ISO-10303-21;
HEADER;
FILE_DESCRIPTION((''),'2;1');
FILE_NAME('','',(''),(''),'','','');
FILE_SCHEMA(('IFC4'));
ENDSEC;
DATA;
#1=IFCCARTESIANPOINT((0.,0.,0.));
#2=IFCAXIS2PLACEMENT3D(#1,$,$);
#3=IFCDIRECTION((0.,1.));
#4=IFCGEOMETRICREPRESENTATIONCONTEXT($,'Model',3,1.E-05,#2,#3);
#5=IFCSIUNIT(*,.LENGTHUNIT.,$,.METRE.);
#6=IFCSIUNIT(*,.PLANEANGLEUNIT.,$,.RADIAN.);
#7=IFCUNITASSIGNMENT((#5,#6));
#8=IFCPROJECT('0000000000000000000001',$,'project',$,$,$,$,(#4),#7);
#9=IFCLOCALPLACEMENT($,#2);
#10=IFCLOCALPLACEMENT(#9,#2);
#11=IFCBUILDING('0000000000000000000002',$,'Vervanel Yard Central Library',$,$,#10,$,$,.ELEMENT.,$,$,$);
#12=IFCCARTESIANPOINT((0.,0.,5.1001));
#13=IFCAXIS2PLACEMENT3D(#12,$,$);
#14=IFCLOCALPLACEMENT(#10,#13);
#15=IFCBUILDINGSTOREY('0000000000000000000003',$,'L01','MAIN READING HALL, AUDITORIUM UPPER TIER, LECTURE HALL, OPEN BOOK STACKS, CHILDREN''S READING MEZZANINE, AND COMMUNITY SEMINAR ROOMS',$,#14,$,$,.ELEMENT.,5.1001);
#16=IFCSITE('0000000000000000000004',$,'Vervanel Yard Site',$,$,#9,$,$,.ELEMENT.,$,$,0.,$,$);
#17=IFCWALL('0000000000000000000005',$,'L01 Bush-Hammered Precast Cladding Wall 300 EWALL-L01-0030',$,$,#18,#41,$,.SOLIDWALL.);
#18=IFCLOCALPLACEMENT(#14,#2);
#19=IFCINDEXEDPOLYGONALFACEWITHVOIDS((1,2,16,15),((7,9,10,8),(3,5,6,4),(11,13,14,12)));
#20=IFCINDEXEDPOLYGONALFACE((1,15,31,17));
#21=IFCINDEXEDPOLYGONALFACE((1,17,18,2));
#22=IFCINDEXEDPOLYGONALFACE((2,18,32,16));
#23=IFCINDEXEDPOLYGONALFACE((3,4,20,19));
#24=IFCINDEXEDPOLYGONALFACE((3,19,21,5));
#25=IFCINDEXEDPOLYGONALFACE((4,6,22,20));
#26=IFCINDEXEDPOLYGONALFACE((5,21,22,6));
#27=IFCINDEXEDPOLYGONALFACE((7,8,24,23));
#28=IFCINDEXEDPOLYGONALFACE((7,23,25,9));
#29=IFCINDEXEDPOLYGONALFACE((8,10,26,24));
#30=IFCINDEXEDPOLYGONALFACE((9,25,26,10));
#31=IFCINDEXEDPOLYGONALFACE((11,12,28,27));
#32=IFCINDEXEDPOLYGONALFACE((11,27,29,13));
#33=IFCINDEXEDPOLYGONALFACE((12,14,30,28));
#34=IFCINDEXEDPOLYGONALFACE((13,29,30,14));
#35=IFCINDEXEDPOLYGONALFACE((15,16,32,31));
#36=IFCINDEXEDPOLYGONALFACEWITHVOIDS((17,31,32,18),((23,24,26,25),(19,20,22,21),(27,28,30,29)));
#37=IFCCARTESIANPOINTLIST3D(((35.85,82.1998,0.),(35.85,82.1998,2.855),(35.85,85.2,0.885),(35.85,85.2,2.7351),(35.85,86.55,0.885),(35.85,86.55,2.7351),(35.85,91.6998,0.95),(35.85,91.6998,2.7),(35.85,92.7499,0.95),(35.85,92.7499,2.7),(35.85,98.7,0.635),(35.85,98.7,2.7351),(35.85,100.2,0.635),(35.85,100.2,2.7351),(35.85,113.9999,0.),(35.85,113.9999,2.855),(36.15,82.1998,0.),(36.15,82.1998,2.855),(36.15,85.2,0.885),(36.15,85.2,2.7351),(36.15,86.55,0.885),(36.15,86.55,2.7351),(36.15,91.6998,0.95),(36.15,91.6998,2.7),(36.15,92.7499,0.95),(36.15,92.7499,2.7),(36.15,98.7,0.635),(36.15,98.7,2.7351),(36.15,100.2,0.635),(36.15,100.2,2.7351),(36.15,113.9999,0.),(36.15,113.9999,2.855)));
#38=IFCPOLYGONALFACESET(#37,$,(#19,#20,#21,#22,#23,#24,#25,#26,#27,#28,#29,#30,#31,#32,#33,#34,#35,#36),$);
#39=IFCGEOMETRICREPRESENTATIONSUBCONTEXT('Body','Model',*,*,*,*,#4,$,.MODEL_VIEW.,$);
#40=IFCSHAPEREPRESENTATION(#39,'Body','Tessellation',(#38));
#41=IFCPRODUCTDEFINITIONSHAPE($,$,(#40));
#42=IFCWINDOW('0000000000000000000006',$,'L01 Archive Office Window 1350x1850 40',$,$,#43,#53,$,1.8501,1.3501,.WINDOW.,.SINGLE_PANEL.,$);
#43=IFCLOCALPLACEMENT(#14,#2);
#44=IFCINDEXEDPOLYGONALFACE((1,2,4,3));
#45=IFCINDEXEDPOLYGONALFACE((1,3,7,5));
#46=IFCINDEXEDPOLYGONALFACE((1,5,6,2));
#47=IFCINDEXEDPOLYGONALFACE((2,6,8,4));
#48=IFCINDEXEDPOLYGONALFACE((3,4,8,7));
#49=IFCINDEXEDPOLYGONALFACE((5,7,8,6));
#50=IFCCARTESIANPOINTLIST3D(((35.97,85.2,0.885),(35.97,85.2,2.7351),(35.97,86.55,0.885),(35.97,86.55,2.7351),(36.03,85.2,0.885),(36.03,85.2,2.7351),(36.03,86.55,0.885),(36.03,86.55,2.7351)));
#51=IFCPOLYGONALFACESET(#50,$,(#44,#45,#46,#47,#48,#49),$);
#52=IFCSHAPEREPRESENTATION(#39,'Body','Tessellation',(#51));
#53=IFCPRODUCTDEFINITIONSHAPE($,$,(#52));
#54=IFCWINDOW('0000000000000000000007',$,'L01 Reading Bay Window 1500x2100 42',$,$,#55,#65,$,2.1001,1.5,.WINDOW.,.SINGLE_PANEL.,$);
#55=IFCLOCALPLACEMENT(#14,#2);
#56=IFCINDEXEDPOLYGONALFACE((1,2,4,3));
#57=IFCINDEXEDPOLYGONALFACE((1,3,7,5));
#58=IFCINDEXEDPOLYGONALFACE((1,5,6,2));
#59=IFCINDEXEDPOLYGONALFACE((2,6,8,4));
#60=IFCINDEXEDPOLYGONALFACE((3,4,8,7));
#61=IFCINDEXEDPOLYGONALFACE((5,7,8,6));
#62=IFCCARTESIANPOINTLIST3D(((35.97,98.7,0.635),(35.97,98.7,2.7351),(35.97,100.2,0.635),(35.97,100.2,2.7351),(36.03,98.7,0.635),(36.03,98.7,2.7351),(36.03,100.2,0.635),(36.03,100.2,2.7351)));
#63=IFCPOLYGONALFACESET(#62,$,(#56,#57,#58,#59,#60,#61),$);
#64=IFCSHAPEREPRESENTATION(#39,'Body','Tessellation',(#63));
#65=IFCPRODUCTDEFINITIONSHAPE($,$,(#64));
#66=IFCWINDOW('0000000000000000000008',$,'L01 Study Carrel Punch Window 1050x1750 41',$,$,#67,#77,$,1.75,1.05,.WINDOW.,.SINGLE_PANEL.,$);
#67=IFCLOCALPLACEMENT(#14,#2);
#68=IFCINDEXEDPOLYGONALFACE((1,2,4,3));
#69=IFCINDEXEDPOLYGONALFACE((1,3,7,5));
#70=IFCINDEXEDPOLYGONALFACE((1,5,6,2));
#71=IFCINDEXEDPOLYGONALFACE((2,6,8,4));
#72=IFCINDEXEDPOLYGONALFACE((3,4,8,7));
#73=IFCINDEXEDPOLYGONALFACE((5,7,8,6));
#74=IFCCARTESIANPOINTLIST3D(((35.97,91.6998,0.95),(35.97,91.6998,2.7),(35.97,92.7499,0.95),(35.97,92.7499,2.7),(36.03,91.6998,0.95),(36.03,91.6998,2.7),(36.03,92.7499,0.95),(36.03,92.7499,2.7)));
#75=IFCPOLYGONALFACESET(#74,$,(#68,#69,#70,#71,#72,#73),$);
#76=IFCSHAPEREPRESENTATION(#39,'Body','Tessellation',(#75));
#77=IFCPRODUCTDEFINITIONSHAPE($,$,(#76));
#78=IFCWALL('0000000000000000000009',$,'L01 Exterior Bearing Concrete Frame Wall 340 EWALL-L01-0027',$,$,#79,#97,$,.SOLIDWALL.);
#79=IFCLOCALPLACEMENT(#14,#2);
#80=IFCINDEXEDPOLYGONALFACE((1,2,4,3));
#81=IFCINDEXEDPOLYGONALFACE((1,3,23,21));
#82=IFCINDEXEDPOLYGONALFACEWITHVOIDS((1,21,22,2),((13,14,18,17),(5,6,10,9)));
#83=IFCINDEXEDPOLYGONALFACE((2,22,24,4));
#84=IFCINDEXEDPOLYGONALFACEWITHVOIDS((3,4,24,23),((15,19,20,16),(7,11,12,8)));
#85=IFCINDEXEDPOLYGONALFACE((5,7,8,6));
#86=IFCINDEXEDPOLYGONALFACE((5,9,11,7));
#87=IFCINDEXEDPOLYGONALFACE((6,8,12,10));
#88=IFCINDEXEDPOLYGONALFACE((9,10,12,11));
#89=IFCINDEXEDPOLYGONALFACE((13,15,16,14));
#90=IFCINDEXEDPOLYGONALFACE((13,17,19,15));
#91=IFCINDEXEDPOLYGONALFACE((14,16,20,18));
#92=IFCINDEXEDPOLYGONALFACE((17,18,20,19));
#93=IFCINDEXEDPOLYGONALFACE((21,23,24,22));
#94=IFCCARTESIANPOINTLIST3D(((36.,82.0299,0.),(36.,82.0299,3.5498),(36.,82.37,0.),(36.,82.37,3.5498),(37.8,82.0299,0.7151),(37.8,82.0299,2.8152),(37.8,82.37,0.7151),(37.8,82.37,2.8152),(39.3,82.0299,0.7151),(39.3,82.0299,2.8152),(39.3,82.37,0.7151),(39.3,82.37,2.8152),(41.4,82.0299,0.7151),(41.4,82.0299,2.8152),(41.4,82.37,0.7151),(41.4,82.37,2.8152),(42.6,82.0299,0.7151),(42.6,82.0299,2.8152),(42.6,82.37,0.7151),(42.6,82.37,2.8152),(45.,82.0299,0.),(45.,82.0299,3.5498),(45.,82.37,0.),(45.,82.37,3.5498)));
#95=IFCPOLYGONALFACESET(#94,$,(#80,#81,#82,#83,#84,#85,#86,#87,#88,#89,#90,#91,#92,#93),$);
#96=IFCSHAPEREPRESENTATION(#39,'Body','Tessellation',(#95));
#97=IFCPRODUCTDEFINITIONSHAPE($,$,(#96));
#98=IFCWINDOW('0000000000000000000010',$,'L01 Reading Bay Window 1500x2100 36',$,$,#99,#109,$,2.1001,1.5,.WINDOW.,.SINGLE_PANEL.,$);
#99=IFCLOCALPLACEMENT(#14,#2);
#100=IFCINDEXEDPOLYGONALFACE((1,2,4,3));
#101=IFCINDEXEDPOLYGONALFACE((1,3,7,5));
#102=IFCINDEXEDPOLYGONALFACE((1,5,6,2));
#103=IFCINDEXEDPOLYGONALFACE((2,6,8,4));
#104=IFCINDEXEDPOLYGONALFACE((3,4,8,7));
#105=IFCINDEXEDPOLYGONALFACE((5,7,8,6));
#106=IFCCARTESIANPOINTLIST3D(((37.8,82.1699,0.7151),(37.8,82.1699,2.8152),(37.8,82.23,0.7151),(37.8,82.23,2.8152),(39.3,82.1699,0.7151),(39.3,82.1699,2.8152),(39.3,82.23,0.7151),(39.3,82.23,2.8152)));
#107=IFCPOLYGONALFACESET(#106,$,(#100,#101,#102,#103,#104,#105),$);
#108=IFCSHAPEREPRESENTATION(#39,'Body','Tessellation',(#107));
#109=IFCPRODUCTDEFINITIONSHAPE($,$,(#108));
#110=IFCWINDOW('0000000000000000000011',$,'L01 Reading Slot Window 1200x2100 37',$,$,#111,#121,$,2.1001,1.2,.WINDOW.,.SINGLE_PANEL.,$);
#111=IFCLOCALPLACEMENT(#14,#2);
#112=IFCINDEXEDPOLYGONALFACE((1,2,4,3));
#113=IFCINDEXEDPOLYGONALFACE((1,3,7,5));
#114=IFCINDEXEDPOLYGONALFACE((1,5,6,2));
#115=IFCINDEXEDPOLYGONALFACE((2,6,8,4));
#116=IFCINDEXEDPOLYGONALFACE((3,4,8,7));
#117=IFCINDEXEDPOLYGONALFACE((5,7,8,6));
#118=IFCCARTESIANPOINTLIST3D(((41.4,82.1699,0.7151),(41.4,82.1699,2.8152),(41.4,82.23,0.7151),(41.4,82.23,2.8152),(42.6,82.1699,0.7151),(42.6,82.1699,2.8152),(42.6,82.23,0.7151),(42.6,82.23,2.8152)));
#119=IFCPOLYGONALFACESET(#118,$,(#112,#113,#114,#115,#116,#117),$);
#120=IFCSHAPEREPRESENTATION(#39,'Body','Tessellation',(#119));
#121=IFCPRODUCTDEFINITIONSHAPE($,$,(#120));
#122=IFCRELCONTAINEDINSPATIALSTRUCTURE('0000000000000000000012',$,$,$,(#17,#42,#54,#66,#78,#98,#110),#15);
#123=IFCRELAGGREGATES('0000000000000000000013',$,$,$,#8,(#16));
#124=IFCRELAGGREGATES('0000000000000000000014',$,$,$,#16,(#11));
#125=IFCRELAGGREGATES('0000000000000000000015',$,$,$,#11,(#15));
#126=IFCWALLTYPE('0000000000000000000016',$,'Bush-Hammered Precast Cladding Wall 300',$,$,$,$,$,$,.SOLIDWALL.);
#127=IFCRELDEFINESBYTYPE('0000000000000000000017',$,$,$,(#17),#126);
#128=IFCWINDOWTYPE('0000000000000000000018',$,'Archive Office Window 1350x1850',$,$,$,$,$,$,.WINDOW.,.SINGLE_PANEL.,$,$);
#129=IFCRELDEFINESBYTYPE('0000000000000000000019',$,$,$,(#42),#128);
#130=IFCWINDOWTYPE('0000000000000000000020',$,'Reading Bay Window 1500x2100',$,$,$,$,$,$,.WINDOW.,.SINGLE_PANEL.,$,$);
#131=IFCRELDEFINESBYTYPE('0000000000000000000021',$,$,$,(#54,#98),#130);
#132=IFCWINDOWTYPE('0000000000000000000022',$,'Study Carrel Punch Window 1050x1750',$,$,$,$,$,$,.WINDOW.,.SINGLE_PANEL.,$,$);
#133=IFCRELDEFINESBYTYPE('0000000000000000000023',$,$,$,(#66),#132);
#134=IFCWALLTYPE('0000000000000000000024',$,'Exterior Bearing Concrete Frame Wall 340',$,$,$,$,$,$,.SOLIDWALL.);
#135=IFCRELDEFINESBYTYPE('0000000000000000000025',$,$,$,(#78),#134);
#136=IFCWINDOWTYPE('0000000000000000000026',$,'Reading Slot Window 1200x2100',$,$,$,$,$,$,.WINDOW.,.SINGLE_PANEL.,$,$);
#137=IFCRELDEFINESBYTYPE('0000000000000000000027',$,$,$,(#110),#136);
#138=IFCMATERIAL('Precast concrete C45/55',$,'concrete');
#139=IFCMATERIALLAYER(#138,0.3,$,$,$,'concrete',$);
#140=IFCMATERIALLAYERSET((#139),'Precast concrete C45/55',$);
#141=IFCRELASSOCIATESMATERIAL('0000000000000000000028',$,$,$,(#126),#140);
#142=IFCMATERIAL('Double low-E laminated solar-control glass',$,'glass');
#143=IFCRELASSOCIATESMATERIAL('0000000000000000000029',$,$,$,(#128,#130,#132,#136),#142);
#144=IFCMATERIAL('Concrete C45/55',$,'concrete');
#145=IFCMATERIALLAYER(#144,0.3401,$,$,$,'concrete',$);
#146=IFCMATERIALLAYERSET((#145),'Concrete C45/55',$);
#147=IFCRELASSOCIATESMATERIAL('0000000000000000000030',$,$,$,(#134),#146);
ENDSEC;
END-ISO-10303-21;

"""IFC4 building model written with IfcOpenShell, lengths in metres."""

from ifc_helpers import new_model, si_unit, direction, frame, frame_2d, origin, place, context, subcontext, project, spatial, rectangle, extrude, material, layer, layer_set, type_object, element, fill, save


model = new_model("IFC4")

# Units and contexts
model_context = context("Model", 3, precision=1e-05, world=origin(), true_north=direction((0.0, 1.0)))
body_context = subcontext(model_context, "Body", "Model", "MODEL_VIEW")
ifc_project = project(units=[si_unit("LENGTHUNIT", "METRE"), si_unit("PLANEANGLEUNIT", "RADIAN")], contexts=[model_context])

# Site, building, storey
site_placement = place(None, origin())
site = spatial("IfcSite", under=ifc_project, at=site_placement, Name="Vervanel Yard Site", CompositionType="ELEMENT", RefElevation=0.0)
building_placement = place(site_placement, origin())
building = spatial("IfcBuilding", under=site, at=building_placement, Name="Vervanel Yard Central Library", CompositionType="ELEMENT")
storey_placement = place(building_placement, frame((0.0, 0.0, 5.1001)))
storey = spatial("IfcBuildingStorey", under=building, at=storey_placement, Name="L01", Description="MAIN READING HALL, AUDITORIUM UPPER TIER, LECTURE HALL, OPEN BOOK STACKS, CHILDREN'S READING MEZZANINE, AND COMMUNITY SEMINAR ROOMS", CompositionType="ELEMENT", Elevation=5.1001)

# Shared definitions
ifc_material_1 = material(Name="Concrete C45/55", Category="concrete")

# Walls, openings, windows
ifc_material_2 = material(Name="Precast concrete C45/55", Category="concrete")
ifc_layer_1 = layer(ifc_material_2, 0.3, Category="concrete")
ifc_layer_set_1 = layer_set([ifc_layer_1], Name="Precast concrete C45/55")
wall_type_1 = type_object("IfcWallType", Name="Bush-Hammered Precast Cladding Wall 300", PredefinedType="SOLIDWALL", material=ifc_layer_set_1)
wall_1_placement = place(storey_placement, frame((36.0, 82.2, 0.0), z_axis=(0.0, 0.0, 1.0), x_axis=(0.0, 1.0, 0.0)))
wall_1 = element("IfcWall", 1, at=wall_1_placement, inside=storey, type_object=wall_type_1, Name="L01 Bush-Hammered Precast Cladding Wall 300 EWALL-L01-0030", PredefinedType="SOLIDWALL", context=body_context, shape_type="SweptSolid", body=[
    extrude(rectangle(XDim=31.8, YDim=0.3, at=frame_2d((15.8999, 0.0))), origin(), (0.0, 0.0, 1.0), 2.855),
])
opening_1_placement = place(wall_1_placement, frame((3.0, 0.0, 0.885)))
opening_1 = element("IfcOpeningElement", 2, at=opening_1_placement, cuts=wall_1, PredefinedType="OPENING", context=body_context, shape_type="SweptSolid", body=[
    extrude(rectangle(XDim=1.3501, YDim=1.8501, at=frame_2d((0.675, 0.925))), frame((0.0, 0.1599, 0.0), z_axis=(0.0, -1.0, 0.0), x_axis=(1.0, 0.0, 0.0)), (0.0, 0.0, 1.0), 0.3201),
])
opening_2_placement = place(wall_1_placement, frame((9.5, 0.0, 0.95)))
opening_2 = element("IfcOpeningElement", 3, at=opening_2_placement, cuts=wall_1, PredefinedType="OPENING", context=body_context, shape_type="SweptSolid", body=[
    extrude(rectangle(XDim=1.05, YDim=1.75, at=frame_2d((0.5249, 0.875))), frame((0.0, 0.1599, 0.0), z_axis=(0.0, -1.0, 0.0), x_axis=(1.0, 0.0, 0.0)), (0.0, 0.0, 1.0), 0.3201),
])
opening_3_placement = place(wall_1_placement, frame((16.5, 0.0, 0.635)))
opening_3 = element("IfcOpeningElement", 4, at=opening_3_placement, cuts=wall_1, PredefinedType="OPENING", context=body_context, shape_type="SweptSolid", body=[
    extrude(rectangle(XDim=1.5, YDim=2.1001, at=frame_2d((0.75, 1.05))), frame((0.0, 0.1599, 0.0), z_axis=(0.0, -1.0, 0.0), x_axis=(1.0, 0.0, 0.0)), (0.0, 0.0, 1.0), 0.3201),
])
ifc_material_3 = material(Name="Double low-E laminated solar-control glass", Category="glass")
window_type_1 = type_object("IfcWindowType", Name="Archive Office Window 1350x1850", PartitioningType="SINGLE_PANEL", PredefinedType="WINDOW", material=ifc_material_3)
window_1_placement = place(opening_1_placement, origin())
window_1 = element("IfcWindow", 5, at=window_1_placement, inside=storey, type_object=window_type_1, Name="L01 Archive Office Window 1350x1850 40", OverallHeight=1.8501, OverallWidth=1.3501, PartitioningType="SINGLE_PANEL", PredefinedType="WINDOW", context=body_context, shape_type="SweptSolid", body=[
    extrude(rectangle(XDim=1.3501, YDim=1.8501, at=frame_2d((0.675, 0.925))), frame((0.0, 0.03, 0.0), z_axis=(0.0, -1.0, 0.0), x_axis=(1.0, 0.0, 0.0)), (0.0, 0.0, 1.0), 0.0601),
])
fill(opening_1, window_1)
window_type_2 = type_object("IfcWindowType", Name="Reading Bay Window 1500x2100", PartitioningType="SINGLE_PANEL", PredefinedType="WINDOW", material=ifc_material_3)
window_2_placement = place(opening_3_placement, origin())
window_2 = element("IfcWindow", 6, at=window_2_placement, inside=storey, type_object=window_type_2, Name="L01 Reading Bay Window 1500x2100 42", OverallHeight=2.1001, OverallWidth=1.5, PartitioningType="SINGLE_PANEL", PredefinedType="WINDOW", context=body_context, shape_type="SweptSolid", body=[
    extrude(rectangle(XDim=1.5, YDim=2.1001, at=frame_2d((0.75, 1.05))), frame((0.0, 0.03, 0.0), z_axis=(0.0, -1.0, 0.0), x_axis=(1.0, 0.0, 0.0)), (0.0, 0.0, 1.0), 0.0601),
])
fill(opening_3, window_2)
window_type_3 = type_object("IfcWindowType", Name="Study Carrel Punch Window 1050x1750", PartitioningType="SINGLE_PANEL", PredefinedType="WINDOW", material=ifc_material_3)
window_3_placement = place(opening_2_placement, origin())
window_3 = element("IfcWindow", 7, at=window_3_placement, inside=storey, type_object=window_type_3, Name="L01 Study Carrel Punch Window 1050x1750 41", OverallHeight=1.75, OverallWidth=1.05, PartitioningType="SINGLE_PANEL", PredefinedType="WINDOW", context=body_context, shape_type="SweptSolid", body=[
    extrude(rectangle(XDim=1.05, YDim=1.75, at=frame_2d((0.5249, 0.875))), frame((0.0, 0.03, 0.0), z_axis=(0.0, -1.0, 0.0), x_axis=(1.0, 0.0, 0.0)), (0.0, 0.0, 1.0), 0.0601),
])
fill(opening_2, window_3)
ifc_layer_2 = layer(ifc_material_1, 0.3401, Category="concrete")
ifc_layer_set_2 = layer_set([ifc_layer_2], Name="Concrete C45/55")
wall_type_2 = type_object("IfcWallType", Name="Exterior Bearing Concrete Frame Wall 340", PredefinedType="SOLIDWALL", material=ifc_layer_set_2)
wall_2_placement = place(storey_placement, frame((36.0, 82.2, 0.0), z_axis=(0.0, 0.0, 1.0), x_axis=(1.0, 0.0, 0.0)))
wall_2 = element("IfcWall", 8, at=wall_2_placement, inside=storey, type_object=wall_type_2, Name="L01 Exterior Bearing Concrete Frame Wall 340 EWALL-L01-0027", PredefinedType="SOLIDWALL", context=body_context, shape_type="SweptSolid", body=[
    extrude(rectangle(XDim=9.0, YDim=0.3401, at=frame_2d((4.5, 0.0))), origin(), (0.0, 0.0, 1.0), 3.5498),
])
opening_4_placement = place(wall_2_placement, frame((1.8, 0.0, 0.7151)))
opening_4 = element("IfcOpeningElement", 9, at=opening_4_placement, cuts=wall_2, PredefinedType="OPENING", context=body_context, shape_type="SweptSolid", body=[
    extrude(rectangle(XDim=1.5, YDim=2.1001, at=frame_2d((0.75, 1.05))), frame((0.0, 0.1799, 0.0), z_axis=(0.0, -1.0, 0.0), x_axis=(1.0, 0.0, 0.0)), (0.0, 0.0, 1.0), 0.3601),
])
opening_5_placement = place(wall_2_placement, frame((5.3999, 0.0, 0.7151)))
opening_5 = element("IfcOpeningElement", 10, at=opening_5_placement, cuts=wall_2, PredefinedType="OPENING", context=body_context, shape_type="SweptSolid", body=[
    extrude(rectangle(XDim=1.2, YDim=2.1001, at=frame_2d((0.6001, 1.05))), frame((0.0, 0.1799, 0.0), z_axis=(0.0, -1.0, 0.0), x_axis=(1.0, 0.0, 0.0)), (0.0, 0.0, 1.0), 0.3601),
])
window_4_placement = place(opening_4_placement, origin())
window_4 = element("IfcWindow", 11, at=window_4_placement, inside=storey, type_object=window_type_2, Name="L01 Reading Bay Window 1500x2100 36", OverallHeight=2.1001, OverallWidth=1.5, PartitioningType="SINGLE_PANEL", PredefinedType="WINDOW", context=body_context, shape_type="SweptSolid", body=[
    extrude(rectangle(XDim=1.5, YDim=2.1001, at=frame_2d((0.75, 1.05))), frame((0.0, 0.03, 0.0), z_axis=(0.0, -1.0, 0.0), x_axis=(1.0, 0.0, 0.0)), (0.0, 0.0, 1.0), 0.0601),
])
fill(opening_4, window_4)
window_type_4 = type_object("IfcWindowType", Name="Reading Slot Window 1200x2100", PartitioningType="SINGLE_PANEL", PredefinedType="WINDOW", material=ifc_material_3)
window_5_placement = place(opening_5_placement, origin())
window_5 = element("IfcWindow", 12, at=window_5_placement, inside=storey, type_object=window_type_4, Name="L01 Reading Slot Window 1200x2100 37", OverallHeight=2.1001, OverallWidth=1.2, PartitioningType="SINGLE_PANEL", PredefinedType="WINDOW", context=body_context, shape_type="SweptSolid", body=[
    extrude(rectangle(XDim=1.2, YDim=2.1001, at=frame_2d((0.6001, 1.05))), frame((0.0, 0.03, 0.0), z_axis=(0.0, -1.0, 0.0), x_axis=(1.0, 0.0, 0.0)), (0.0, 0.0, 1.0), 0.0601),
])
fill(opening_5, window_5)

save(model, "model.ifc")
